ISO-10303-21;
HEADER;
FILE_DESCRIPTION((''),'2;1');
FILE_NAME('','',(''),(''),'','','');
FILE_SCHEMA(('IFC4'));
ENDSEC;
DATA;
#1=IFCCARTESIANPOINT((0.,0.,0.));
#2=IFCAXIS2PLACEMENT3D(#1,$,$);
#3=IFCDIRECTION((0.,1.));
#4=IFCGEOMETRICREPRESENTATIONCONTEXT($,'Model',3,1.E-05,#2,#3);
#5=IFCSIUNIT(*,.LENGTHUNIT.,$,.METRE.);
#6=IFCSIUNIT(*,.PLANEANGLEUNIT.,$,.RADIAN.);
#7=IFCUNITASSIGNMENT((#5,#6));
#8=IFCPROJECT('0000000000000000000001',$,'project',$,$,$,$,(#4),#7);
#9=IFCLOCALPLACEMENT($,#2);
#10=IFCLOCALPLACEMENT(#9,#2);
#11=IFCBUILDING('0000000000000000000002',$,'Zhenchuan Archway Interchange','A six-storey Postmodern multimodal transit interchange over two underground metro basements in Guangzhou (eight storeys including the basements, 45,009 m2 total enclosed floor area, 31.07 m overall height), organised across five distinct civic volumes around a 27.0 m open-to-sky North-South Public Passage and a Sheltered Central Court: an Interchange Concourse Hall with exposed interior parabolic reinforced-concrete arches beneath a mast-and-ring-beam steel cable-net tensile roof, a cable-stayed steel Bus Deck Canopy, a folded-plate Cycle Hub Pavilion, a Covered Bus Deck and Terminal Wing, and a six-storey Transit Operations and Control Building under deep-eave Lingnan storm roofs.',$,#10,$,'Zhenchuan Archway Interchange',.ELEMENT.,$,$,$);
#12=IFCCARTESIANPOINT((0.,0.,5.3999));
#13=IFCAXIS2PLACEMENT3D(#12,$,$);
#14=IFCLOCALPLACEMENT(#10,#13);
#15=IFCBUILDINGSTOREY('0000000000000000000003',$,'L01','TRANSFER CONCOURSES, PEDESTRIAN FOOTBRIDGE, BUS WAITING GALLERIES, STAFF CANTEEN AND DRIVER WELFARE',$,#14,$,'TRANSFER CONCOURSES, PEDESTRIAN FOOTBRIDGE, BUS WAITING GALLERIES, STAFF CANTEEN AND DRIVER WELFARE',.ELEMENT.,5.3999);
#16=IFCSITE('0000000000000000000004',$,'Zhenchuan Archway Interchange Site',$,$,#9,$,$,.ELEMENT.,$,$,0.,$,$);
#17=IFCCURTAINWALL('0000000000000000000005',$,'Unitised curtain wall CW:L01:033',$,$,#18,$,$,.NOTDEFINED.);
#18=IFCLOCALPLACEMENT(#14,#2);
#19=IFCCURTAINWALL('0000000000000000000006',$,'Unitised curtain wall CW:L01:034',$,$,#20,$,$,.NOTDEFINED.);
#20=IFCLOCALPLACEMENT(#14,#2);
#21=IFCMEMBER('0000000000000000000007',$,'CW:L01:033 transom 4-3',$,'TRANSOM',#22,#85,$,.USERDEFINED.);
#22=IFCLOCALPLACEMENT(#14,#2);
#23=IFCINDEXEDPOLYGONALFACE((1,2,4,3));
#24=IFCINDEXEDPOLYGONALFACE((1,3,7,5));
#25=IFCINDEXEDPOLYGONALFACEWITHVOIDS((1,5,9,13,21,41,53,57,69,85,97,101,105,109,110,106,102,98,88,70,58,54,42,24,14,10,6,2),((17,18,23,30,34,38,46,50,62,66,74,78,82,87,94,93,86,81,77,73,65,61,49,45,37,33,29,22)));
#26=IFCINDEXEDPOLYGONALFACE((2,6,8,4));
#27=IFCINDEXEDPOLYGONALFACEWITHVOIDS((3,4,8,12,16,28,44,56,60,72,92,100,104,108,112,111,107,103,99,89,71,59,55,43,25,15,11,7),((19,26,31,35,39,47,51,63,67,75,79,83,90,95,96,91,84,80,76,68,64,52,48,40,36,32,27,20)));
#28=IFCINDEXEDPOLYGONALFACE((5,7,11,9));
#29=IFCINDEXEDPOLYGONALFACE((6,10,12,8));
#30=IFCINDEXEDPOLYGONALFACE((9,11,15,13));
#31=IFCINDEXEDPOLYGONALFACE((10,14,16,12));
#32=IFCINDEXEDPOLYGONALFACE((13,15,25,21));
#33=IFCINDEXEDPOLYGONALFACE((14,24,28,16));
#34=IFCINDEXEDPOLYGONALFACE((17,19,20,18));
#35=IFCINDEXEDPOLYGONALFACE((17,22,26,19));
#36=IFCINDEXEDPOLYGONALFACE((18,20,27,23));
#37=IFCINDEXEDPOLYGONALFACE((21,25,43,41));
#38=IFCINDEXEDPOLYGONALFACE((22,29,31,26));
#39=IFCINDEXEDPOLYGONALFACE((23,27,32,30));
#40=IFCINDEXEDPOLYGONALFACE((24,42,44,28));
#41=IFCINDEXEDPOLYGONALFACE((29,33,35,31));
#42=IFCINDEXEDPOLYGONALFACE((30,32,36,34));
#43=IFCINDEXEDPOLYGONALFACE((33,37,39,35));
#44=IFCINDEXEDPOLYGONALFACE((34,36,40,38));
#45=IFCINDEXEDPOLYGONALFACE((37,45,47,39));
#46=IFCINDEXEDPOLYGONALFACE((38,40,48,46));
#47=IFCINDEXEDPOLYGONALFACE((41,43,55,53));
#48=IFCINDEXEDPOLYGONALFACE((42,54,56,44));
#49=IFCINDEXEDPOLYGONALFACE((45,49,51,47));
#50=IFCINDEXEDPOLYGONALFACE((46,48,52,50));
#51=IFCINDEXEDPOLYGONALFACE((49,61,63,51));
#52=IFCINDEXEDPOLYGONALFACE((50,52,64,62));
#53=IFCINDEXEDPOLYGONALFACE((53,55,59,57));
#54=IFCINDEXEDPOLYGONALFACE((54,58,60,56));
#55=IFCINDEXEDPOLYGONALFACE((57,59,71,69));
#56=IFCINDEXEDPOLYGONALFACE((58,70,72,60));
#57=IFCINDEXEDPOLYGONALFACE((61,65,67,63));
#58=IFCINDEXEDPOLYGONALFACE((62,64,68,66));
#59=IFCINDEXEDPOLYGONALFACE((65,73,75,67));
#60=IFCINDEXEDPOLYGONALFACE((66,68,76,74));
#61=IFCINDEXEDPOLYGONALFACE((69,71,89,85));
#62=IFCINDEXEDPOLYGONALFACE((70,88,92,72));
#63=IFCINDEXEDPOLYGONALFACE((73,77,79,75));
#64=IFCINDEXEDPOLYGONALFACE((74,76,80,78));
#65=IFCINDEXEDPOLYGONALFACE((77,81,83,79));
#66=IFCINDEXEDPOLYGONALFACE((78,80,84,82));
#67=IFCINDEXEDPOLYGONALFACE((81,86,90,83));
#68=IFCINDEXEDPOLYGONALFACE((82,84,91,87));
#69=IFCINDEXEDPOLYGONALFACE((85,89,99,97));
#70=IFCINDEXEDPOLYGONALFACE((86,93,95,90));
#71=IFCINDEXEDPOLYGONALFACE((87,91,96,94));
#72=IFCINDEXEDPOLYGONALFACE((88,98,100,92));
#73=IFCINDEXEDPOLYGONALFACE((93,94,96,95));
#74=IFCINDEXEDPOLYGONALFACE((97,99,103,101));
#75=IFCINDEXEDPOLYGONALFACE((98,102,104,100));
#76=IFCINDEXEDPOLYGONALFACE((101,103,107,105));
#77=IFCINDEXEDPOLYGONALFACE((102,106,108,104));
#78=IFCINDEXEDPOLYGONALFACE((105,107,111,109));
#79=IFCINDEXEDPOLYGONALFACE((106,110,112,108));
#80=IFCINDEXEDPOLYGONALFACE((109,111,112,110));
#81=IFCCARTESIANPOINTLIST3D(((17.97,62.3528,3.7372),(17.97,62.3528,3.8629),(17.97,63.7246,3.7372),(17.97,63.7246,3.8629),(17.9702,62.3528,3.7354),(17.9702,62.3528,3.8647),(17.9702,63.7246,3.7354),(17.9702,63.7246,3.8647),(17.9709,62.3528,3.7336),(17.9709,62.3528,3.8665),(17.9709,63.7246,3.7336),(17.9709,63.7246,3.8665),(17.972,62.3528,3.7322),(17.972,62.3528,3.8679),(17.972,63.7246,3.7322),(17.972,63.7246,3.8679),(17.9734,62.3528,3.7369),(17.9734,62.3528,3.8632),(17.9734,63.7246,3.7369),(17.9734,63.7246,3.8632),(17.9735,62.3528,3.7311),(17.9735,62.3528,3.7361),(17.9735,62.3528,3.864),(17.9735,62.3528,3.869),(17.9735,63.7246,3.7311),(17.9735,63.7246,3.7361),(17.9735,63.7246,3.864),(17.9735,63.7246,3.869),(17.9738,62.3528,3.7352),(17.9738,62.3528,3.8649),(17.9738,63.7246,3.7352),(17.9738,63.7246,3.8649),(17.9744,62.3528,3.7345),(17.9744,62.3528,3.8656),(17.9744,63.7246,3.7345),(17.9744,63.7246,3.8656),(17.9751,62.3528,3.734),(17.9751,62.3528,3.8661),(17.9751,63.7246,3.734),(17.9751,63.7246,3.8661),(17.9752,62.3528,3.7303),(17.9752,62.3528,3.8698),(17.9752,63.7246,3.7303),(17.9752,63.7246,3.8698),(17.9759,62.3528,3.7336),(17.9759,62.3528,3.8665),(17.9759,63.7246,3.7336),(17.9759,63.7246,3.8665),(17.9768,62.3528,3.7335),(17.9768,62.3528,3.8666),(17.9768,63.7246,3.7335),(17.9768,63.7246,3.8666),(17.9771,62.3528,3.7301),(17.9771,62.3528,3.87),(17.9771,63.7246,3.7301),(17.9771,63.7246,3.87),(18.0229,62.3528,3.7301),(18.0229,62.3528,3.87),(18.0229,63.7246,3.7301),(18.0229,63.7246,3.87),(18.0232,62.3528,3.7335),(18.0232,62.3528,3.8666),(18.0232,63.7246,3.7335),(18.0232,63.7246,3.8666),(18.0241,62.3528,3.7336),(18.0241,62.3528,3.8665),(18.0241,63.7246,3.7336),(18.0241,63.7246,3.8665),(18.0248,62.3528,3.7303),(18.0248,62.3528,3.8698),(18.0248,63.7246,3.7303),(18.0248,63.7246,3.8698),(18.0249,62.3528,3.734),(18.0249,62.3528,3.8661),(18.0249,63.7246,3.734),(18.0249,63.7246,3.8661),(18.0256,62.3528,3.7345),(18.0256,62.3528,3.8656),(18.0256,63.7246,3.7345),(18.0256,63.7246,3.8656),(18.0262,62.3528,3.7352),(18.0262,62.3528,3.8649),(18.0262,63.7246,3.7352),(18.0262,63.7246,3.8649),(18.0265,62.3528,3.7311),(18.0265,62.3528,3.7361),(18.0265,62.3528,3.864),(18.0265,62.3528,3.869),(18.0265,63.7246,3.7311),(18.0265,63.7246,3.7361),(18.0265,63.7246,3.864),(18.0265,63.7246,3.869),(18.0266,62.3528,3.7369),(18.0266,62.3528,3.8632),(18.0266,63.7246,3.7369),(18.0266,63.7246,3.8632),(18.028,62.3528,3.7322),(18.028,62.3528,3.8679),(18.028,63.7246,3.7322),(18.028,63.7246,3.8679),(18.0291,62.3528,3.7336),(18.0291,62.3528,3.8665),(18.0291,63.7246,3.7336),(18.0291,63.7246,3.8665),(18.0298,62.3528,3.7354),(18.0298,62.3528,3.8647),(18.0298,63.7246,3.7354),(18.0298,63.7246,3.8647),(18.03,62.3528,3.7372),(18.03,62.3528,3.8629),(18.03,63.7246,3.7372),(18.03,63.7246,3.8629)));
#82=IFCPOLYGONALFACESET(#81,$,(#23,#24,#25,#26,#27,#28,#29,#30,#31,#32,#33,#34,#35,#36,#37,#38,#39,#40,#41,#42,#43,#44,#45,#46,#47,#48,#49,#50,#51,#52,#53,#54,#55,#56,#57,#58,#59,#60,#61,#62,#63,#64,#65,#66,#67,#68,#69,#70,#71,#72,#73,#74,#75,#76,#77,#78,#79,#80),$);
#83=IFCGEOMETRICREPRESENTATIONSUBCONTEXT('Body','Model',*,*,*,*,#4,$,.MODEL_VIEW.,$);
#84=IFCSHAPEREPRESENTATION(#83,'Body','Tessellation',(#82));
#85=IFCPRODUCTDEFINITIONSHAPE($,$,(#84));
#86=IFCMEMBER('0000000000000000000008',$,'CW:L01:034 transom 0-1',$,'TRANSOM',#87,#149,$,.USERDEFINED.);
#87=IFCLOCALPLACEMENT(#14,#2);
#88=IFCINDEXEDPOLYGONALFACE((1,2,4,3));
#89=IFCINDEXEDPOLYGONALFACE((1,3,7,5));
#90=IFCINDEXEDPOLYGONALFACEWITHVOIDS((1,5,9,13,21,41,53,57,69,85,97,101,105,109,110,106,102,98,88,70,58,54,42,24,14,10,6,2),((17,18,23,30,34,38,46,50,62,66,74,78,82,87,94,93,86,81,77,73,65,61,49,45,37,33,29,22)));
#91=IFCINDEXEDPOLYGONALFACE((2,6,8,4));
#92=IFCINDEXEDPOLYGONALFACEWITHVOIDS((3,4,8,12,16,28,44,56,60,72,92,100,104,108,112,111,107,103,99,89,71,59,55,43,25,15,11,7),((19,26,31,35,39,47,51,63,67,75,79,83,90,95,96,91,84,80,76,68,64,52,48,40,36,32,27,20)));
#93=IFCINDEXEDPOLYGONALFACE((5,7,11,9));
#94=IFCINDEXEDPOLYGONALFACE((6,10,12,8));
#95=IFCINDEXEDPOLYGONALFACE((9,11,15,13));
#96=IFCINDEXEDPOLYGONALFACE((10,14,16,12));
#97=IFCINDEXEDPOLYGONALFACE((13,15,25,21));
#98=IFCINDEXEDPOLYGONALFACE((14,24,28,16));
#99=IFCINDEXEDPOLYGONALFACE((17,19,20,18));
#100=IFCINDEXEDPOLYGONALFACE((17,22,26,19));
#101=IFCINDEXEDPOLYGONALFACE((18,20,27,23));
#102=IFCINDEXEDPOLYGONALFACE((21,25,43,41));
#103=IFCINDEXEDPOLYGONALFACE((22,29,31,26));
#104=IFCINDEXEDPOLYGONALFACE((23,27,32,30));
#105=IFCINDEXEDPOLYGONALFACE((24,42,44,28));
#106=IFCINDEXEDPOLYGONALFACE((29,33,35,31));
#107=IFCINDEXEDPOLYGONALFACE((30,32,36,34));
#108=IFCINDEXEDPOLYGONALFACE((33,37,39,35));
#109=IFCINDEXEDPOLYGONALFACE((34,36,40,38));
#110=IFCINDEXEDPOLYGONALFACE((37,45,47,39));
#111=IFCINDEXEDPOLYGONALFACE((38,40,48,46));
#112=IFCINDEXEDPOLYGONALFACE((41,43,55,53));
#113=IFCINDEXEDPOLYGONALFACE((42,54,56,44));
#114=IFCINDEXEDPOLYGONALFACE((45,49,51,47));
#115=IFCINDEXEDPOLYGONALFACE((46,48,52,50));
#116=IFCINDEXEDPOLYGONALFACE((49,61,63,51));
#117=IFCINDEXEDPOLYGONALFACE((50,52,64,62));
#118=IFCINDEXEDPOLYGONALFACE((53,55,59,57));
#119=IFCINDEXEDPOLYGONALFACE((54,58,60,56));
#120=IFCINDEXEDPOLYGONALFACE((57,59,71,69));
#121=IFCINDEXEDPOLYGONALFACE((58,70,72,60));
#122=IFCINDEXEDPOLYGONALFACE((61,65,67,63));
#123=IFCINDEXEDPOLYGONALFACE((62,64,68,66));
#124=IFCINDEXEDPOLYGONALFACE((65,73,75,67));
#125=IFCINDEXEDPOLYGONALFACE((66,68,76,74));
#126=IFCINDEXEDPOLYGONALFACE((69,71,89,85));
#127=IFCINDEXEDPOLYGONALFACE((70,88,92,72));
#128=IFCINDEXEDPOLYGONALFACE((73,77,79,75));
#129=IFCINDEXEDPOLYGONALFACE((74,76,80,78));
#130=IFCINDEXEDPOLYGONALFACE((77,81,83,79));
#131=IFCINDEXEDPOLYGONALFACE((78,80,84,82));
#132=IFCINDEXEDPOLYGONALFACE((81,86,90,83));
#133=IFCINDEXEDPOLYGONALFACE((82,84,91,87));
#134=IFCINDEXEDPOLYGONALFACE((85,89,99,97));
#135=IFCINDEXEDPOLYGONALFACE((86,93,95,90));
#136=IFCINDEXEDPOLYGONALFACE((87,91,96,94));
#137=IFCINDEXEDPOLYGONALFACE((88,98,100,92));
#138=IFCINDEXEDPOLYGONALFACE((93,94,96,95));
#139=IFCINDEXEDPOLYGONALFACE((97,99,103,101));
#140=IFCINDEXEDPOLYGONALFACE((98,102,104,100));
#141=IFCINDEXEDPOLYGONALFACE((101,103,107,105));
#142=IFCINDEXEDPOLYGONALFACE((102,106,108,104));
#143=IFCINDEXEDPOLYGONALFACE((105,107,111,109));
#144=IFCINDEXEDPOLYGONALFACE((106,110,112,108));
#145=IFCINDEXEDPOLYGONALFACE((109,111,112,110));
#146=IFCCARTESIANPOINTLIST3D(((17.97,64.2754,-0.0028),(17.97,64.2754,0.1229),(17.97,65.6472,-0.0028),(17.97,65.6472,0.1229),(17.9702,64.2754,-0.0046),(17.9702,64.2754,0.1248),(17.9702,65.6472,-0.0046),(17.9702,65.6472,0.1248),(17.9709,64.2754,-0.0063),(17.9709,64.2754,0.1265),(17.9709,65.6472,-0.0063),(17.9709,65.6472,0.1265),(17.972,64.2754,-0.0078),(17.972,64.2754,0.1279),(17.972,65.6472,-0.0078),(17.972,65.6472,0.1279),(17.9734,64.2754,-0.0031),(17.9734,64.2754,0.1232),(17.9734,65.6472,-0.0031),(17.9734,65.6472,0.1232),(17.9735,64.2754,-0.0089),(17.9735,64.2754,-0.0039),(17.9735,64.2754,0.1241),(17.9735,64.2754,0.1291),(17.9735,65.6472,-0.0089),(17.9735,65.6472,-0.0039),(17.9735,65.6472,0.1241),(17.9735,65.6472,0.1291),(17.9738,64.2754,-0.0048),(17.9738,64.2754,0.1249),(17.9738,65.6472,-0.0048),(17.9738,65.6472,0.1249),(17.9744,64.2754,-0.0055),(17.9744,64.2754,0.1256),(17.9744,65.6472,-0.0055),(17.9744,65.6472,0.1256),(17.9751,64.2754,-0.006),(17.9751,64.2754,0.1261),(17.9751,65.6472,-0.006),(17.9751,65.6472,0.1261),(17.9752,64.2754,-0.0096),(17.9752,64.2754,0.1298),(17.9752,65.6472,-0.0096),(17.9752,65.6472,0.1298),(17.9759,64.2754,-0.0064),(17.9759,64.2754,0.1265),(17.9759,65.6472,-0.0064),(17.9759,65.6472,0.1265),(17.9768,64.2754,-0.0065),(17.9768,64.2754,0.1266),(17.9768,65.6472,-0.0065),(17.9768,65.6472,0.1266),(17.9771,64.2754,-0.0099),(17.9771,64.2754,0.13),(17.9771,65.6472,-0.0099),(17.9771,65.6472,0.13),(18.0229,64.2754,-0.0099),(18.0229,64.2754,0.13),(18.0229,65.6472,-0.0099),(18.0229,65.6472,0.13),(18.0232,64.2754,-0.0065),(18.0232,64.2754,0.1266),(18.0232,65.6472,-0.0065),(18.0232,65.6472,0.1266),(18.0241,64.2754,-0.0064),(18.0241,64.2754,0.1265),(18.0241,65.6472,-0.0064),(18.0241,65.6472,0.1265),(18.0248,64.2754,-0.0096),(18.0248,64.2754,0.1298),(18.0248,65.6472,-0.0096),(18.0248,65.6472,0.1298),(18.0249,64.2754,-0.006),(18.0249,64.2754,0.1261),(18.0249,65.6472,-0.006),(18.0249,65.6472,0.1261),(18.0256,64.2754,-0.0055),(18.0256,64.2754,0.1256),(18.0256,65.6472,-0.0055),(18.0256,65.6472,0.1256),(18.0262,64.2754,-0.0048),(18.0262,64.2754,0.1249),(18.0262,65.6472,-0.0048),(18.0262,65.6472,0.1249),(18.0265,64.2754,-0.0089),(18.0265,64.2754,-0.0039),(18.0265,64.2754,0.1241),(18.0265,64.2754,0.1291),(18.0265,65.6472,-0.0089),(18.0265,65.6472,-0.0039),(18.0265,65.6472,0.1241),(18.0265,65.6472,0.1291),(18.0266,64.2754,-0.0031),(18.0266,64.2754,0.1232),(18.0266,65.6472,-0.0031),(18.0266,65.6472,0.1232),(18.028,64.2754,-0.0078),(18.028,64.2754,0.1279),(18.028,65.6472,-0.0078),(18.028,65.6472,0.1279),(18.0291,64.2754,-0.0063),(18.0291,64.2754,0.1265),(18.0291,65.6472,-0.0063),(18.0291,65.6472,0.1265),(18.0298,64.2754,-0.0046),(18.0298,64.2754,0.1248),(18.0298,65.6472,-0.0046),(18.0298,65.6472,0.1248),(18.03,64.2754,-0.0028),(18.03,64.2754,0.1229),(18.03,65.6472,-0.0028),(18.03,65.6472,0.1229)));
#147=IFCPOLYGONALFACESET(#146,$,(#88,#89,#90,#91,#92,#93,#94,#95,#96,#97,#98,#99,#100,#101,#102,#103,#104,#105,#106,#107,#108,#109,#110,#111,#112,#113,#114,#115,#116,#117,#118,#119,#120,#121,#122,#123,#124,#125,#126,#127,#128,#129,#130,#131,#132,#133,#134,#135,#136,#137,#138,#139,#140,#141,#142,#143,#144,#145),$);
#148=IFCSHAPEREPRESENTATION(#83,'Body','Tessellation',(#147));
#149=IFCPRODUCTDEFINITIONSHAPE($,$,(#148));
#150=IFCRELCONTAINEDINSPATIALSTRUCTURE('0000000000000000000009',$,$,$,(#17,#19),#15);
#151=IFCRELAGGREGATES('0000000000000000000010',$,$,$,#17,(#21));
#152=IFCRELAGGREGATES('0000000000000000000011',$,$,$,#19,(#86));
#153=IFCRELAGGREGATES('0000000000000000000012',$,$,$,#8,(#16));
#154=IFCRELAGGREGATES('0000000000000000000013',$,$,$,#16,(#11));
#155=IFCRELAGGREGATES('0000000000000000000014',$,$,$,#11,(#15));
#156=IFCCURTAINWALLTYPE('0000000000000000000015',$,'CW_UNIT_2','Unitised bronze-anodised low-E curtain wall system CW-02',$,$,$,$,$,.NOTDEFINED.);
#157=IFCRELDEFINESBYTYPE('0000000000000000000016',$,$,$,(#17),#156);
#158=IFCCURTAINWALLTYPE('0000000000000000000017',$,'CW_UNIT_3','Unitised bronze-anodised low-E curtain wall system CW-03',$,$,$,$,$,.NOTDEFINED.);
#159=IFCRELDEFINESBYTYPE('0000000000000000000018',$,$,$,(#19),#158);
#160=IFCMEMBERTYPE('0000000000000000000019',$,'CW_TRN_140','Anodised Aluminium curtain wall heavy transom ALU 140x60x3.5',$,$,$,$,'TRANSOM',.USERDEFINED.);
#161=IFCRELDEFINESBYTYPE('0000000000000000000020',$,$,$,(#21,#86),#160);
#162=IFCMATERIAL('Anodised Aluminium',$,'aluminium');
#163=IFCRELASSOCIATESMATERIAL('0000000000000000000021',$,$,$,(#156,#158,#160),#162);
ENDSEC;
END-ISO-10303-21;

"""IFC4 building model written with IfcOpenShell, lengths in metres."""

from ifc_helpers import new_model, si_unit, direction, frame, origin, origin_2d, place, context, subcontext, project, spatial, hollow_rectangle, extrude, material, material_profile, profile_set, type_object, element, aggregate, save


model = new_model("IFC4")

# Units and contexts
model_context = context("Model", 3, precision=1e-05, world=origin(), true_north=direction((0.0, 1.0)))
body_context = subcontext(model_context, "Body", "Model", "MODEL_VIEW")
ifc_project = project(units=[si_unit("LENGTHUNIT", "METRE"), si_unit("PLANEANGLEUNIT", "RADIAN")], contexts=[model_context])

# Site, building, storey
site_placement = place(None, origin())
site = spatial("IfcSite", under=ifc_project, at=site_placement, Name="Zhenchuan Archway Interchange Site", CompositionType="ELEMENT", RefElevation=0.0)
building_placement = place(site_placement, origin())
building = spatial("IfcBuilding", under=site, at=building_placement, Name="Zhenchuan Archway Interchange", Description="A six-storey Postmodern multimodal transit interchange over two underground metro basements in Guangzhou (eight storeys including the basements, 45,009 m2 total enclosed floor area, 31.07 m overall height), organised across five distinct civic volumes around a 27.0 m open-to-sky North-South Public Passage and a Sheltered Central Court: an Interchange Concourse Hall with exposed interior parabolic reinforced-concrete arches beneath a mast-and-ring-beam steel cable-net tensile roof, a cable-stayed steel Bus Deck Canopy, a folded-plate Cycle Hub Pavilion, a Covered Bus Deck and Terminal Wing, and a six-storey Transit Operations and Control Building under deep-eave Lingnan storm roofs.", LongName="Zhenchuan Archway Interchange", CompositionType="ELEMENT")
storey_placement = place(building_placement, frame((0.0, 0.0, 5.3999)))
storey = spatial("IfcBuildingStorey", under=building, at=storey_placement, Name="L01", Description="TRANSFER CONCOURSES, PEDESTRIAN FOOTBRIDGE, BUS WAITING GALLERIES, STAFF CANTEEN AND DRIVER WELFARE", LongName="TRANSFER CONCOURSES, PEDESTRIAN FOOTBRIDGE, BUS WAITING GALLERIES, STAFF CANTEEN AND DRIVER WELFARE", CompositionType="ELEMENT", Elevation=5.3999)

# Curtain walls
ifc_material_1 = material(Name="Anodised Aluminium", Category="aluminium")
curtain_wall_type_1 = type_object("IfcCurtainWallType", Name="CW_UNIT_2", Description="Unitised bronze-anodised low-E curtain wall system CW-02", PredefinedType="NOTDEFINED", material=ifc_material_1)
curtain_wall_1_placement = place(storey_placement, origin())
curtain_wall_1 = element("IfcCurtainWall", 1, at=curtain_wall_1_placement, inside=storey, type_object=curtain_wall_type_1, Name="Unitised curtain wall CW:L01:033", PredefinedType="NOTDEFINED")
curtain_wall_type_2 = type_object("IfcCurtainWallType", Name="CW_UNIT_3", Description="Unitised bronze-anodised low-E curtain wall system CW-03", PredefinedType="NOTDEFINED", material=ifc_material_1)
curtain_wall_2_placement = place(storey_placement, origin())
curtain_wall_2 = element("IfcCurtainWall", 2, at=curtain_wall_2_placement, inside=storey, type_object=curtain_wall_type_2, Name="Unitised curtain wall CW:L01:034", PredefinedType="NOTDEFINED")

# Members
ifc_material_profile_1 = material_profile(ifc_material_1, hollow_rectangle(XDim=0.0601, YDim=0.1399, WallThickness=0.0034, InnerFilletRadius=0.0034, OuterFilletRadius=0.0071, at=origin_2d()), Name="ALU 140x60x3.5")
ifc_profile_set_1 = profile_set([ifc_material_profile_1], Name="Anodised Aluminium")
member_type_1 = type_object("IfcMemberType", Name="CW_TRN_140", Description="Anodised Aluminium curtain wall heavy transom ALU 140x60x3.5", ElementType="TRANSOM", PredefinedType="USERDEFINED", material=ifc_profile_set_1)
member_1_placement = place(storey_placement, frame((18.0, 62.3528, 3.8), z_axis=(0.0, 1.0, 0.0), x_axis=(-1.0, 0.0, 0.0)))
member_1 = element("IfcMember", 3, at=member_1_placement, type_object=member_type_1, Name="CW:L01:033 transom 4-3", ObjectType="TRANSOM", PredefinedType="USERDEFINED", context=body_context, shape_type="SweptSolid", body=[
    extrude(hollow_rectangle(XDim=0.0601, YDim=0.1399, WallThickness=0.0034, InnerFilletRadius=0.0034, OuterFilletRadius=0.0071, at=origin_2d()), origin(), (0.0, 0.0, 1.0), 1.3718),
])
member_2_placement = place(storey_placement, frame((18.0, 64.2754, 0.0601), z_axis=(0.0, 1.0, 0.0), x_axis=(-1.0, 0.0, 0.0)))
member_2 = element("IfcMember", 4, at=member_2_placement, type_object=member_type_1, Name="CW:L01:034 transom 0-1", ObjectType="TRANSOM", PredefinedType="USERDEFINED", context=body_context, shape_type="SweptSolid", body=[
    extrude(hollow_rectangle(XDim=0.0601, YDim=0.1399, WallThickness=0.0034, InnerFilletRadius=0.0034, OuterFilletRadius=0.0071, at=origin_2d()), origin(), (0.0, 0.0, 1.0), 1.3718),
])

aggregate(curtain_wall_1, [member_1])
aggregate(curtain_wall_2, [member_2])

save(model, "model.ifc")
